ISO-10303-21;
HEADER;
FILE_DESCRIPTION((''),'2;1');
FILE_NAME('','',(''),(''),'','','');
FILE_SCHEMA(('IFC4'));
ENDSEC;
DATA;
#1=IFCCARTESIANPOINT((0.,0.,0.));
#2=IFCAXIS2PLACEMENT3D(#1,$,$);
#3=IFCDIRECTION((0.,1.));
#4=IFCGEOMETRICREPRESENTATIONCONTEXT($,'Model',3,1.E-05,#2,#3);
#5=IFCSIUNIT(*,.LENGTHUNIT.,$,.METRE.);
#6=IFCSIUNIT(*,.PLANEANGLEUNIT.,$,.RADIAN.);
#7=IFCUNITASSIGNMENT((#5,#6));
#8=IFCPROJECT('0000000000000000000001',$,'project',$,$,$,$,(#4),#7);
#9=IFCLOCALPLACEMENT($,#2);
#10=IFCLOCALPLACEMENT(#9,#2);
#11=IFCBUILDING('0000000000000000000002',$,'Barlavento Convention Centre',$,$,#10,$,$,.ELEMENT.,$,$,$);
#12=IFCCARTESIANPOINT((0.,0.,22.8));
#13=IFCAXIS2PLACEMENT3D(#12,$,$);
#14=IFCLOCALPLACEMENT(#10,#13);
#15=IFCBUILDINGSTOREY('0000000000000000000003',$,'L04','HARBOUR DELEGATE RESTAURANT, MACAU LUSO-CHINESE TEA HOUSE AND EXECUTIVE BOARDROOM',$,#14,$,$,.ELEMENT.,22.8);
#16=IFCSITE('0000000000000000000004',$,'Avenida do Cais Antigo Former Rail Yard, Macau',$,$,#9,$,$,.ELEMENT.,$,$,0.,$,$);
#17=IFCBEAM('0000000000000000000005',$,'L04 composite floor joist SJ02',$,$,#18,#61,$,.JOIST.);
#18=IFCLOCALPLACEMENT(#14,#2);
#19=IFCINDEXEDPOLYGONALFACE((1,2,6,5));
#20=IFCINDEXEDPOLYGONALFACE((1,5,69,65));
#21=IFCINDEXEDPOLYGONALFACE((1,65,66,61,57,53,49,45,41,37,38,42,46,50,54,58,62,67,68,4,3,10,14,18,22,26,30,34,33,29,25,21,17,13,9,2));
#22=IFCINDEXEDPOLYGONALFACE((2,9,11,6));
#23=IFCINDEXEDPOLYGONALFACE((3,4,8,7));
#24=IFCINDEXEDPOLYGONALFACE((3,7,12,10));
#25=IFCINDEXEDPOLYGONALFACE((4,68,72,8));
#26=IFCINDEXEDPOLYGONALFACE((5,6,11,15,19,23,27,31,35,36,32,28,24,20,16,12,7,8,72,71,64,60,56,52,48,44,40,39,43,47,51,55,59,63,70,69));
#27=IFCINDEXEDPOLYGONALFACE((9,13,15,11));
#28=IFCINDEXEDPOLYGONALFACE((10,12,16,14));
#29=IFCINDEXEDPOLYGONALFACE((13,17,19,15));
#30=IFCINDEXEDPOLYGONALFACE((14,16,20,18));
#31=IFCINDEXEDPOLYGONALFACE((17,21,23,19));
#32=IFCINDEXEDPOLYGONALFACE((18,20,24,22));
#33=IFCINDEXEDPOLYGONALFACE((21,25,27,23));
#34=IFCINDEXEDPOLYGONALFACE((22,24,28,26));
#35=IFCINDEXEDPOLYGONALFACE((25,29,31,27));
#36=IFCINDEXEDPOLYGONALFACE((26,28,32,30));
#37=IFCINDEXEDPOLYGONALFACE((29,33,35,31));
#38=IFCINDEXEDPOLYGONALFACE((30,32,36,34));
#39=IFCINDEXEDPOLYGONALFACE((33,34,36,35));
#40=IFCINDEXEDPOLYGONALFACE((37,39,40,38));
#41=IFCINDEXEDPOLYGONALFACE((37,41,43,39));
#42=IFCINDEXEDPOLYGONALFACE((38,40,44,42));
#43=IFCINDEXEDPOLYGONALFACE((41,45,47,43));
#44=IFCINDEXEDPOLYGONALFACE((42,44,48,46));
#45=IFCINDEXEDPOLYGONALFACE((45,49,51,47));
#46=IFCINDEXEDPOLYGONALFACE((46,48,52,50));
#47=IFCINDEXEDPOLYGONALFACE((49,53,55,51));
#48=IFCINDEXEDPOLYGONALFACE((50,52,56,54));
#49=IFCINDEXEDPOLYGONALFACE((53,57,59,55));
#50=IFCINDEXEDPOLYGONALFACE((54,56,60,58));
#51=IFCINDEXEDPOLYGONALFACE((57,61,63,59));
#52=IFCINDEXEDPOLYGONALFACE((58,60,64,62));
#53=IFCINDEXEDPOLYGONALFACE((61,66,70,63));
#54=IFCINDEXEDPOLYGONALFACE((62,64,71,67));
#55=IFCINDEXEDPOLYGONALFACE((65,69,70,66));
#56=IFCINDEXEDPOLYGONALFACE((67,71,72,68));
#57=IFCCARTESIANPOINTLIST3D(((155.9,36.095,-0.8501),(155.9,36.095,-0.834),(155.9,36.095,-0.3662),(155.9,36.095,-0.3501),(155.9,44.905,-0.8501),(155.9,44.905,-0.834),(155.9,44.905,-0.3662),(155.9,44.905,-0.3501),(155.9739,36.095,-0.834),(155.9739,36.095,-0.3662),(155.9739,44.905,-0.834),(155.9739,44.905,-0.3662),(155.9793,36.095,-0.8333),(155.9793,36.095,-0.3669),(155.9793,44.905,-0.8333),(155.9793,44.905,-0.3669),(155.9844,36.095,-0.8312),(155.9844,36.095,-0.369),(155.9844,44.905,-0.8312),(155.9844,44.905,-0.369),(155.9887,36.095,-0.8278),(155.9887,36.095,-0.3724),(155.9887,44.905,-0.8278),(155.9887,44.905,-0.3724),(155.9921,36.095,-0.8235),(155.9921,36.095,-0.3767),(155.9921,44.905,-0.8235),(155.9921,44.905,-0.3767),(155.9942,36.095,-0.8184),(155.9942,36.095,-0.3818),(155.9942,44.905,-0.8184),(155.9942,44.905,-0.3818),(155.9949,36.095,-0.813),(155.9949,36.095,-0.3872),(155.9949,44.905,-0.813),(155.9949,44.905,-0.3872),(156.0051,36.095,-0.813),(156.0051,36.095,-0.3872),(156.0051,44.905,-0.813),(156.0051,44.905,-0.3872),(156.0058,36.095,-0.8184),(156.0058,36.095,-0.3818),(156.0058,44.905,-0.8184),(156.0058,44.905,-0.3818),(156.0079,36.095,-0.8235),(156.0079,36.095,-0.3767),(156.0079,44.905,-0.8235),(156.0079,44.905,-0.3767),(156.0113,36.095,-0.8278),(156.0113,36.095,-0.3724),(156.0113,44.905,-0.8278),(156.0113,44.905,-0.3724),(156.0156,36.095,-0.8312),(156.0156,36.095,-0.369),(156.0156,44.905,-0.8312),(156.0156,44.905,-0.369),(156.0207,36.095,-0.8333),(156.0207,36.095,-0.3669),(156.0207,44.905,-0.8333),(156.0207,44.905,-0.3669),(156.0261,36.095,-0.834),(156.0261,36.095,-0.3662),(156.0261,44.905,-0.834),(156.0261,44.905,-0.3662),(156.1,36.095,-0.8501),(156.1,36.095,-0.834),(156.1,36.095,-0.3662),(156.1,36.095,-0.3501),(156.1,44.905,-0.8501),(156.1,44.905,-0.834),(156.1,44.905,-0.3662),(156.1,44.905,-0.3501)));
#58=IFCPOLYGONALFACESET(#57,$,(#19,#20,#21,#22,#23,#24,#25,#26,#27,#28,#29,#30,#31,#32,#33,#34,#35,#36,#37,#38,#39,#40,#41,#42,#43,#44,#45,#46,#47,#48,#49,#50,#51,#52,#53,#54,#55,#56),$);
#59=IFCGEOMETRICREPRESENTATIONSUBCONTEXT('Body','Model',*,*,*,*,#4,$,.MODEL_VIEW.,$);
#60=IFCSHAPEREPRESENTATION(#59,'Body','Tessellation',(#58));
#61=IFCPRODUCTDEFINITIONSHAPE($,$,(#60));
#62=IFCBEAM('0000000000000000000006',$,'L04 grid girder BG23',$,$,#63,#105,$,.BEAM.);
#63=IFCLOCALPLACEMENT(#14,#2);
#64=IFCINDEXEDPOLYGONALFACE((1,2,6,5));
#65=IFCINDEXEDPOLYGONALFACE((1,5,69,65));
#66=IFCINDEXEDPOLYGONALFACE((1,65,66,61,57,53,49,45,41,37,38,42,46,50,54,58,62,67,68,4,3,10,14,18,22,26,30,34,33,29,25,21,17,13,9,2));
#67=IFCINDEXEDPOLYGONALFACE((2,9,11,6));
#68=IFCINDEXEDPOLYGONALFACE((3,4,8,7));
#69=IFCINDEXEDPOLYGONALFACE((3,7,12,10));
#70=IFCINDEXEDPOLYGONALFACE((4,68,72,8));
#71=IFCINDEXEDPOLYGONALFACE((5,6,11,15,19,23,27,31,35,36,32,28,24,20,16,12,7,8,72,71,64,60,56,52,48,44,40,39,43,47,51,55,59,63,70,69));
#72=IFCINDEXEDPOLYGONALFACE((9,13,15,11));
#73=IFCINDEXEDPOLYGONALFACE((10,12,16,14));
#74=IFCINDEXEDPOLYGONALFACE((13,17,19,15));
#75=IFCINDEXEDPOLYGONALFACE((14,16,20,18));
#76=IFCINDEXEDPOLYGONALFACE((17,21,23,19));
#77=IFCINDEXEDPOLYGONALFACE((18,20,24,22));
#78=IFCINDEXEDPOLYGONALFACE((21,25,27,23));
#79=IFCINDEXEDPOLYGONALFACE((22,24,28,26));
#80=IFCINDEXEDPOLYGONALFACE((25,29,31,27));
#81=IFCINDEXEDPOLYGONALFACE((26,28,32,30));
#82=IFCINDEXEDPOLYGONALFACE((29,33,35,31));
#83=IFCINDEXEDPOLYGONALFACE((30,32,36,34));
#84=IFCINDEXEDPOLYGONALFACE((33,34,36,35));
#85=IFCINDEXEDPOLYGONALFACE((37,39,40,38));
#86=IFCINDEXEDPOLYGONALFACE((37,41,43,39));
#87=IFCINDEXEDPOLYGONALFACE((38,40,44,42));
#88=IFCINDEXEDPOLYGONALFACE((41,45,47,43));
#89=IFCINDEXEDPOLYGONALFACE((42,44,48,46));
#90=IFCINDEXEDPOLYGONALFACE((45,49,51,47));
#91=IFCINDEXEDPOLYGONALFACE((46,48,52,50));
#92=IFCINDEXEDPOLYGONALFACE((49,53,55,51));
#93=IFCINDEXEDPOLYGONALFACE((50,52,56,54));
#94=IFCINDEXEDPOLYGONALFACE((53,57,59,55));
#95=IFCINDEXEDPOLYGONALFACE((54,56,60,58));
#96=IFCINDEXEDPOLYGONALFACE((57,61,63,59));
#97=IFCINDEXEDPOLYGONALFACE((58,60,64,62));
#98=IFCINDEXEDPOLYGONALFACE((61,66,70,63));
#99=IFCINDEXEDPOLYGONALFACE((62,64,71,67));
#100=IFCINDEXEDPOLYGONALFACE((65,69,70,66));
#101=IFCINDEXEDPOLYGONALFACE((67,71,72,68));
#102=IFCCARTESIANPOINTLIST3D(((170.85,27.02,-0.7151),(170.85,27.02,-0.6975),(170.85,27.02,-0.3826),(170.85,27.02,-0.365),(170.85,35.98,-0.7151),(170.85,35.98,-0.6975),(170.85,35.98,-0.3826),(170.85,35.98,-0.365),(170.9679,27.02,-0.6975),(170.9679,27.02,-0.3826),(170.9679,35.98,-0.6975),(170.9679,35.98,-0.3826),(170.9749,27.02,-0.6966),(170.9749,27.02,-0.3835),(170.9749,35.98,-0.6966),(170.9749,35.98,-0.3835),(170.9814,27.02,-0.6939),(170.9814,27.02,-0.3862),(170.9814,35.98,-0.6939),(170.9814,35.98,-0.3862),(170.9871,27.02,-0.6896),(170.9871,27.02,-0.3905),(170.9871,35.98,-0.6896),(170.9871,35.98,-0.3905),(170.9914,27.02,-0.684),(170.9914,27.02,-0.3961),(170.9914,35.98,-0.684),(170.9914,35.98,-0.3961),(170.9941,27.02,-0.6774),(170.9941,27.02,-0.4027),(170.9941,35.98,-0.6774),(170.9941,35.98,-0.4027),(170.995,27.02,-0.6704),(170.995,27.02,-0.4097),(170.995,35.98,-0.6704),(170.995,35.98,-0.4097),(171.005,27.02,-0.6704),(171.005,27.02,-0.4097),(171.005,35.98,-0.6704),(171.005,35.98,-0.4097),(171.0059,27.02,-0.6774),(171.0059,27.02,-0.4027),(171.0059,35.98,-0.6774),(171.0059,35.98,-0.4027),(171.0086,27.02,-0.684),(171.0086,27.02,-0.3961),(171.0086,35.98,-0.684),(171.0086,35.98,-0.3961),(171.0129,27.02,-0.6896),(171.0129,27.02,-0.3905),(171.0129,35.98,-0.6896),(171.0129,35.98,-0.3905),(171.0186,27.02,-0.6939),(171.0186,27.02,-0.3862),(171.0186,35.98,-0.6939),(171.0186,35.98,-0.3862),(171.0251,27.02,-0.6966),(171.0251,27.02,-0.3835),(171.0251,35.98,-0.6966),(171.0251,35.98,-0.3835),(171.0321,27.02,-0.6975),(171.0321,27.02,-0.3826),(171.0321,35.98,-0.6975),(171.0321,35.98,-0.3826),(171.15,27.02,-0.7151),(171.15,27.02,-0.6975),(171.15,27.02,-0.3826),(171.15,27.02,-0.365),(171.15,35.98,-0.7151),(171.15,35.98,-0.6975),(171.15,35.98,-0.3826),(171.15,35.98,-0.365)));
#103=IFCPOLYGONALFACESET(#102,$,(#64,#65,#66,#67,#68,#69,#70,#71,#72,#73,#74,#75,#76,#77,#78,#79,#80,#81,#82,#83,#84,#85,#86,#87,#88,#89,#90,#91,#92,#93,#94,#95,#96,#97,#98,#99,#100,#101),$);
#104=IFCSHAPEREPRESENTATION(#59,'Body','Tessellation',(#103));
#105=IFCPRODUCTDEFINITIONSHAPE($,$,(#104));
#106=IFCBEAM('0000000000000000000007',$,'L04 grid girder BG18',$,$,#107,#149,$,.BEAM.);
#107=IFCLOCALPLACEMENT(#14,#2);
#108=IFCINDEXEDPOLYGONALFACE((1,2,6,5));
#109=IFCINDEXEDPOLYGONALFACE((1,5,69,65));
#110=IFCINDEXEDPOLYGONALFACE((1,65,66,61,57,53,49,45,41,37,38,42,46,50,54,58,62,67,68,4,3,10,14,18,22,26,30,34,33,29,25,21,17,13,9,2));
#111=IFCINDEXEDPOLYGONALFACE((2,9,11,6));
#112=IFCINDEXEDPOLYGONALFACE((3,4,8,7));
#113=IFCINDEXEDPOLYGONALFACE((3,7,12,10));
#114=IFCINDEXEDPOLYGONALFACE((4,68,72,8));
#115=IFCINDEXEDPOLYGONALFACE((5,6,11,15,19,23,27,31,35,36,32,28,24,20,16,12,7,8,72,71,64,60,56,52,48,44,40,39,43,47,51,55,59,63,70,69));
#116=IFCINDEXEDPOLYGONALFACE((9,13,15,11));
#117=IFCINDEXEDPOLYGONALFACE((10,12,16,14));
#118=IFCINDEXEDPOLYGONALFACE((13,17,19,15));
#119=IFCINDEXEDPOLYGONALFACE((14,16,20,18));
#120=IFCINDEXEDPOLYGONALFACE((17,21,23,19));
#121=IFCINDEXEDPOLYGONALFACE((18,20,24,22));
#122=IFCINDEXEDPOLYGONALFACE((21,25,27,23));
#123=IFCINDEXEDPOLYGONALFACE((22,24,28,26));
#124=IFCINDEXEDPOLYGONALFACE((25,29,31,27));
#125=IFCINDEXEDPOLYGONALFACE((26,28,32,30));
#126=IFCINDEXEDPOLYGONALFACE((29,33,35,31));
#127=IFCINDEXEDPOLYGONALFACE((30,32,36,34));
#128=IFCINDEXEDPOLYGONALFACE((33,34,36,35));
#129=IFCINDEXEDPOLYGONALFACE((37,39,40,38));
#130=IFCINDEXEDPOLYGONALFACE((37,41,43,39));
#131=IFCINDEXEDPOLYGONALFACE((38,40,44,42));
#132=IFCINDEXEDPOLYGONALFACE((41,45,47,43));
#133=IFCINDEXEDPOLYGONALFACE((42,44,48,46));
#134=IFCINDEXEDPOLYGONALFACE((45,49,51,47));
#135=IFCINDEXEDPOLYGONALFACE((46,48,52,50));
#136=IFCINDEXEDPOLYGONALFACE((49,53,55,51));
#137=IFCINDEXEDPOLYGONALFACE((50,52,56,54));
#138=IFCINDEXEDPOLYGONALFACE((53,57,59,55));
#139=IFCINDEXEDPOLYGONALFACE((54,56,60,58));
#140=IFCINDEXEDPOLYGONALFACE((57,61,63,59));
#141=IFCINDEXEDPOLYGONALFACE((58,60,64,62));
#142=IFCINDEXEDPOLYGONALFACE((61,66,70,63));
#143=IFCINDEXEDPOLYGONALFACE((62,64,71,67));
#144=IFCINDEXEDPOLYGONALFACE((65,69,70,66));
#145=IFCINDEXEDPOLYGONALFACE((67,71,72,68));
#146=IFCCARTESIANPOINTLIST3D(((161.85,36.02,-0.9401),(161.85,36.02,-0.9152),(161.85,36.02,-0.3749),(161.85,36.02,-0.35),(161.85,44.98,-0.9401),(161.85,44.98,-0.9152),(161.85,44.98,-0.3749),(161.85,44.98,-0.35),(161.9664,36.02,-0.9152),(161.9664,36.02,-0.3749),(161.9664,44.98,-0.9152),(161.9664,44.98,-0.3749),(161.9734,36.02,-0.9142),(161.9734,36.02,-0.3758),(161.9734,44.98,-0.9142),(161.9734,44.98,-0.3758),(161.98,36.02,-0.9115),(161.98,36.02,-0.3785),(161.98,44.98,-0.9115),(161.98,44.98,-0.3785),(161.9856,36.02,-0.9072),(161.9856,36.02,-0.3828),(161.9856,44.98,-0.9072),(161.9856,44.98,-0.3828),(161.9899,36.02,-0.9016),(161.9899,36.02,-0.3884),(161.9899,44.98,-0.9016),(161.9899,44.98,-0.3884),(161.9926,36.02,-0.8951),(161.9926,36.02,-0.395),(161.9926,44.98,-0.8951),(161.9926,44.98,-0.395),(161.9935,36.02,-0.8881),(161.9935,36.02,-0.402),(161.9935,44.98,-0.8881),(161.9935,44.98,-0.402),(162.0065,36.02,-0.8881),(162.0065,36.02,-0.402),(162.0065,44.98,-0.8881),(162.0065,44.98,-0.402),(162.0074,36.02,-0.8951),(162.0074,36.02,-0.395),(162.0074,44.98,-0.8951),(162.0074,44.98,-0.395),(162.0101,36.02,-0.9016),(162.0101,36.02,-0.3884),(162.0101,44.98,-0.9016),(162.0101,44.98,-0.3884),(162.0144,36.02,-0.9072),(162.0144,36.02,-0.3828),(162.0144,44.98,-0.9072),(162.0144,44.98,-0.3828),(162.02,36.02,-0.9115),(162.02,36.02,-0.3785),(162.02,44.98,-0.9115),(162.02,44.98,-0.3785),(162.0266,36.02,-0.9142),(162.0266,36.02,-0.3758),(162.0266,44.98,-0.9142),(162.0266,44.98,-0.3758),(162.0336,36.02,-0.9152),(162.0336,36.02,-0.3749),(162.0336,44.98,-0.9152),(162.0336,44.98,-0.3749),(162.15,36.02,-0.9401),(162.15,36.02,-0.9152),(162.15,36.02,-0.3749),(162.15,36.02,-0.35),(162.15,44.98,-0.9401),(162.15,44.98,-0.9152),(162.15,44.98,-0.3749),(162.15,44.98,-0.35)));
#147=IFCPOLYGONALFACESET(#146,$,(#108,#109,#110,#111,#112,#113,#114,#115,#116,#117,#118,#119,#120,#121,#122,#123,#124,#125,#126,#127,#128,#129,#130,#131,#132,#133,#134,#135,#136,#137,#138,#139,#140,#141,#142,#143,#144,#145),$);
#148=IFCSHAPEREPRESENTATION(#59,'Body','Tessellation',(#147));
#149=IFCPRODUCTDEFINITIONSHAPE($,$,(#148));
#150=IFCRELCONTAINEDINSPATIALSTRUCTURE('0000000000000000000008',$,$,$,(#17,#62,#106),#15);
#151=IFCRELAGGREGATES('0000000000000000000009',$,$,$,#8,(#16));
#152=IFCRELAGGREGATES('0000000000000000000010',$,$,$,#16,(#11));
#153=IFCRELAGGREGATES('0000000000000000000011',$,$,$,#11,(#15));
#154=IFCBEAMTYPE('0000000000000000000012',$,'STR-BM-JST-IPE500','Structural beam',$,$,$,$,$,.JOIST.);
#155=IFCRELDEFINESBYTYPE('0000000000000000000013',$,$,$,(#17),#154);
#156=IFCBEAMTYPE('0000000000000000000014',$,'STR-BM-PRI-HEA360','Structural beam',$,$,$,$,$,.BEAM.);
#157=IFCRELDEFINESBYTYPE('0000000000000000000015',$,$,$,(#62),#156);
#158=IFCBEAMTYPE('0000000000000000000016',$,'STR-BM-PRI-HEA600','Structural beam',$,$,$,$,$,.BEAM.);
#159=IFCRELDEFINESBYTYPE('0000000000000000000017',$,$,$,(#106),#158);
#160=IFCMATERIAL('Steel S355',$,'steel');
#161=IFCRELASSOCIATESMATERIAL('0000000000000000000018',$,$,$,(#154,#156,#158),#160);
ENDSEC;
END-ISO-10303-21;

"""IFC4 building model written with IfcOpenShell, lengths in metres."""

from ifc_helpers import new_model, si_unit, direction, frame, origin, origin_2d, place, context, subcontext, project, spatial, i_section, extrude, material, material_profile, profile_set, type_object, element, save


model = new_model("IFC4")

# Units and contexts
model_context = context("Model", 3, precision=1e-05, world=origin(), true_north=direction((0.0, 1.0)))
body_context = subcontext(model_context, "Body", "Model", "MODEL_VIEW")
ifc_project = project(units=[si_unit("LENGTHUNIT", "METRE"), si_unit("PLANEANGLEUNIT", "RADIAN")], contexts=[model_context])

# Site, building, storey
site_placement = place(None, origin())
site = spatial("IfcSite", under=ifc_project, at=site_placement, Name="Avenida do Cais Antigo Former Rail Yard, Macau", CompositionType="ELEMENT", RefElevation=0.0)
building_placement = place(site_placement, origin())
building = spatial("IfcBuilding", under=site, at=building_placement, Name="Barlavento Convention Centre", CompositionType="ELEMENT")
storey_placement = place(building_placement, frame((0.0, 0.0, 22.8)))
storey = spatial("IfcBuildingStorey", under=building, at=storey_placement, Name="L04", Description="HARBOUR DELEGATE RESTAURANT, MACAU LUSO-CHINESE TEA HOUSE AND EXECUTIVE BOARDROOM", CompositionType="ELEMENT", Elevation=22.8)

# Shared definitions
ifc_material_1 = material(Name="Steel S355", Category="steel")

# Beams
ifc_material_profile_1 = material_profile(ifc_material_1, i_section(OverallWidth=0.2, OverallDepth=0.5, WebThickness=0.0103, FlangeThickness=0.0161, FilletRadius=0.021, at=origin_2d()), Name="IPE 500")
ifc_profile_set_1 = profile_set([ifc_material_profile_1], Name="Steel S355")
beam_type_1 = type_object("IfcBeamType", Name="STR-BM-JST-IPE500", Description="Structural beam", PredefinedType="JOIST", material=ifc_profile_set_1)
beam_1_placement = place(storey_placement, frame((156.0, 36.095, -0.6001), z_axis=(0.0, 1.0, 0.0), x_axis=(-1.0, 0.0, 0.0)))
element("IfcBeam", 1, at=beam_1_placement, inside=storey, type_object=beam_type_1, Name="L04 composite floor joist SJ02", PredefinedType="JOIST", context=body_context, shape_type="SweptSolid", body=[
    extrude(i_section(OverallWidth=0.2, OverallDepth=0.5, WebThickness=0.0103, FlangeThickness=0.0161, FilletRadius=0.021, at=origin_2d()), origin(), (0.0, 0.0, 1.0), 8.8101),
])
ifc_material_profile_2 = material_profile(ifc_material_1, i_section(OverallWidth=0.3, OverallDepth=0.3501, WebThickness=0.01, FlangeThickness=0.0176, FilletRadius=0.0271, at=origin_2d()), Name="HEA 360")
ifc_profile_set_2 = profile_set([ifc_material_profile_2], Name="Steel S355")
beam_type_2 = type_object("IfcBeamType", Name="STR-BM-PRI-HEA360", Description="Structural beam", PredefinedType="BEAM", material=ifc_profile_set_2)
beam_2_placement = place(storey_placement, frame((171.0, 27.02, -0.54), z_axis=(0.0, 1.0, 0.0), x_axis=(-1.0, 0.0, 0.0)))
element("IfcBeam", 2, at=beam_2_placement, inside=storey, type_object=beam_type_2, Name="L04 grid girder BG23", PredefinedType="BEAM", context=body_context, shape_type="SweptSolid", body=[
    extrude(i_section(OverallWidth=0.3, OverallDepth=0.3501, WebThickness=0.01, FlangeThickness=0.0176, FilletRadius=0.0271, at=origin_2d()), origin(), (0.0, 0.0, 1.0), 8.96),
])
ifc_material_profile_3 = material_profile(ifc_material_1, i_section(OverallWidth=0.3, OverallDepth=0.5901, WebThickness=0.0129, FlangeThickness=0.0249, FilletRadius=0.0271, at=origin_2d()), Name="HEA 600")
ifc_profile_set_3 = profile_set([ifc_material_profile_3], Name="Steel S355")
beam_type_3 = type_object("IfcBeamType", Name="STR-BM-PRI-HEA600", Description="Structural beam", PredefinedType="BEAM", material=ifc_profile_set_3)
beam_3_placement = place(storey_placement, frame((162.0, 36.02, -0.645), z_axis=(0.0, 1.0, 0.0), x_axis=(-1.0, 0.0, 0.0)))
element("IfcBeam", 3, at=beam_3_placement, inside=storey, type_object=beam_type_3, Name="L04 grid girder BG18", PredefinedType="BEAM", context=body_context, shape_type="SweptSolid", body=[
    extrude(i_section(OverallWidth=0.3, OverallDepth=0.5901, WebThickness=0.0129, FlangeThickness=0.0249, FilletRadius=0.0271, at=origin_2d()), origin(), (0.0, 0.0, 1.0), 8.96),
])

save(model, "model.ifc")
